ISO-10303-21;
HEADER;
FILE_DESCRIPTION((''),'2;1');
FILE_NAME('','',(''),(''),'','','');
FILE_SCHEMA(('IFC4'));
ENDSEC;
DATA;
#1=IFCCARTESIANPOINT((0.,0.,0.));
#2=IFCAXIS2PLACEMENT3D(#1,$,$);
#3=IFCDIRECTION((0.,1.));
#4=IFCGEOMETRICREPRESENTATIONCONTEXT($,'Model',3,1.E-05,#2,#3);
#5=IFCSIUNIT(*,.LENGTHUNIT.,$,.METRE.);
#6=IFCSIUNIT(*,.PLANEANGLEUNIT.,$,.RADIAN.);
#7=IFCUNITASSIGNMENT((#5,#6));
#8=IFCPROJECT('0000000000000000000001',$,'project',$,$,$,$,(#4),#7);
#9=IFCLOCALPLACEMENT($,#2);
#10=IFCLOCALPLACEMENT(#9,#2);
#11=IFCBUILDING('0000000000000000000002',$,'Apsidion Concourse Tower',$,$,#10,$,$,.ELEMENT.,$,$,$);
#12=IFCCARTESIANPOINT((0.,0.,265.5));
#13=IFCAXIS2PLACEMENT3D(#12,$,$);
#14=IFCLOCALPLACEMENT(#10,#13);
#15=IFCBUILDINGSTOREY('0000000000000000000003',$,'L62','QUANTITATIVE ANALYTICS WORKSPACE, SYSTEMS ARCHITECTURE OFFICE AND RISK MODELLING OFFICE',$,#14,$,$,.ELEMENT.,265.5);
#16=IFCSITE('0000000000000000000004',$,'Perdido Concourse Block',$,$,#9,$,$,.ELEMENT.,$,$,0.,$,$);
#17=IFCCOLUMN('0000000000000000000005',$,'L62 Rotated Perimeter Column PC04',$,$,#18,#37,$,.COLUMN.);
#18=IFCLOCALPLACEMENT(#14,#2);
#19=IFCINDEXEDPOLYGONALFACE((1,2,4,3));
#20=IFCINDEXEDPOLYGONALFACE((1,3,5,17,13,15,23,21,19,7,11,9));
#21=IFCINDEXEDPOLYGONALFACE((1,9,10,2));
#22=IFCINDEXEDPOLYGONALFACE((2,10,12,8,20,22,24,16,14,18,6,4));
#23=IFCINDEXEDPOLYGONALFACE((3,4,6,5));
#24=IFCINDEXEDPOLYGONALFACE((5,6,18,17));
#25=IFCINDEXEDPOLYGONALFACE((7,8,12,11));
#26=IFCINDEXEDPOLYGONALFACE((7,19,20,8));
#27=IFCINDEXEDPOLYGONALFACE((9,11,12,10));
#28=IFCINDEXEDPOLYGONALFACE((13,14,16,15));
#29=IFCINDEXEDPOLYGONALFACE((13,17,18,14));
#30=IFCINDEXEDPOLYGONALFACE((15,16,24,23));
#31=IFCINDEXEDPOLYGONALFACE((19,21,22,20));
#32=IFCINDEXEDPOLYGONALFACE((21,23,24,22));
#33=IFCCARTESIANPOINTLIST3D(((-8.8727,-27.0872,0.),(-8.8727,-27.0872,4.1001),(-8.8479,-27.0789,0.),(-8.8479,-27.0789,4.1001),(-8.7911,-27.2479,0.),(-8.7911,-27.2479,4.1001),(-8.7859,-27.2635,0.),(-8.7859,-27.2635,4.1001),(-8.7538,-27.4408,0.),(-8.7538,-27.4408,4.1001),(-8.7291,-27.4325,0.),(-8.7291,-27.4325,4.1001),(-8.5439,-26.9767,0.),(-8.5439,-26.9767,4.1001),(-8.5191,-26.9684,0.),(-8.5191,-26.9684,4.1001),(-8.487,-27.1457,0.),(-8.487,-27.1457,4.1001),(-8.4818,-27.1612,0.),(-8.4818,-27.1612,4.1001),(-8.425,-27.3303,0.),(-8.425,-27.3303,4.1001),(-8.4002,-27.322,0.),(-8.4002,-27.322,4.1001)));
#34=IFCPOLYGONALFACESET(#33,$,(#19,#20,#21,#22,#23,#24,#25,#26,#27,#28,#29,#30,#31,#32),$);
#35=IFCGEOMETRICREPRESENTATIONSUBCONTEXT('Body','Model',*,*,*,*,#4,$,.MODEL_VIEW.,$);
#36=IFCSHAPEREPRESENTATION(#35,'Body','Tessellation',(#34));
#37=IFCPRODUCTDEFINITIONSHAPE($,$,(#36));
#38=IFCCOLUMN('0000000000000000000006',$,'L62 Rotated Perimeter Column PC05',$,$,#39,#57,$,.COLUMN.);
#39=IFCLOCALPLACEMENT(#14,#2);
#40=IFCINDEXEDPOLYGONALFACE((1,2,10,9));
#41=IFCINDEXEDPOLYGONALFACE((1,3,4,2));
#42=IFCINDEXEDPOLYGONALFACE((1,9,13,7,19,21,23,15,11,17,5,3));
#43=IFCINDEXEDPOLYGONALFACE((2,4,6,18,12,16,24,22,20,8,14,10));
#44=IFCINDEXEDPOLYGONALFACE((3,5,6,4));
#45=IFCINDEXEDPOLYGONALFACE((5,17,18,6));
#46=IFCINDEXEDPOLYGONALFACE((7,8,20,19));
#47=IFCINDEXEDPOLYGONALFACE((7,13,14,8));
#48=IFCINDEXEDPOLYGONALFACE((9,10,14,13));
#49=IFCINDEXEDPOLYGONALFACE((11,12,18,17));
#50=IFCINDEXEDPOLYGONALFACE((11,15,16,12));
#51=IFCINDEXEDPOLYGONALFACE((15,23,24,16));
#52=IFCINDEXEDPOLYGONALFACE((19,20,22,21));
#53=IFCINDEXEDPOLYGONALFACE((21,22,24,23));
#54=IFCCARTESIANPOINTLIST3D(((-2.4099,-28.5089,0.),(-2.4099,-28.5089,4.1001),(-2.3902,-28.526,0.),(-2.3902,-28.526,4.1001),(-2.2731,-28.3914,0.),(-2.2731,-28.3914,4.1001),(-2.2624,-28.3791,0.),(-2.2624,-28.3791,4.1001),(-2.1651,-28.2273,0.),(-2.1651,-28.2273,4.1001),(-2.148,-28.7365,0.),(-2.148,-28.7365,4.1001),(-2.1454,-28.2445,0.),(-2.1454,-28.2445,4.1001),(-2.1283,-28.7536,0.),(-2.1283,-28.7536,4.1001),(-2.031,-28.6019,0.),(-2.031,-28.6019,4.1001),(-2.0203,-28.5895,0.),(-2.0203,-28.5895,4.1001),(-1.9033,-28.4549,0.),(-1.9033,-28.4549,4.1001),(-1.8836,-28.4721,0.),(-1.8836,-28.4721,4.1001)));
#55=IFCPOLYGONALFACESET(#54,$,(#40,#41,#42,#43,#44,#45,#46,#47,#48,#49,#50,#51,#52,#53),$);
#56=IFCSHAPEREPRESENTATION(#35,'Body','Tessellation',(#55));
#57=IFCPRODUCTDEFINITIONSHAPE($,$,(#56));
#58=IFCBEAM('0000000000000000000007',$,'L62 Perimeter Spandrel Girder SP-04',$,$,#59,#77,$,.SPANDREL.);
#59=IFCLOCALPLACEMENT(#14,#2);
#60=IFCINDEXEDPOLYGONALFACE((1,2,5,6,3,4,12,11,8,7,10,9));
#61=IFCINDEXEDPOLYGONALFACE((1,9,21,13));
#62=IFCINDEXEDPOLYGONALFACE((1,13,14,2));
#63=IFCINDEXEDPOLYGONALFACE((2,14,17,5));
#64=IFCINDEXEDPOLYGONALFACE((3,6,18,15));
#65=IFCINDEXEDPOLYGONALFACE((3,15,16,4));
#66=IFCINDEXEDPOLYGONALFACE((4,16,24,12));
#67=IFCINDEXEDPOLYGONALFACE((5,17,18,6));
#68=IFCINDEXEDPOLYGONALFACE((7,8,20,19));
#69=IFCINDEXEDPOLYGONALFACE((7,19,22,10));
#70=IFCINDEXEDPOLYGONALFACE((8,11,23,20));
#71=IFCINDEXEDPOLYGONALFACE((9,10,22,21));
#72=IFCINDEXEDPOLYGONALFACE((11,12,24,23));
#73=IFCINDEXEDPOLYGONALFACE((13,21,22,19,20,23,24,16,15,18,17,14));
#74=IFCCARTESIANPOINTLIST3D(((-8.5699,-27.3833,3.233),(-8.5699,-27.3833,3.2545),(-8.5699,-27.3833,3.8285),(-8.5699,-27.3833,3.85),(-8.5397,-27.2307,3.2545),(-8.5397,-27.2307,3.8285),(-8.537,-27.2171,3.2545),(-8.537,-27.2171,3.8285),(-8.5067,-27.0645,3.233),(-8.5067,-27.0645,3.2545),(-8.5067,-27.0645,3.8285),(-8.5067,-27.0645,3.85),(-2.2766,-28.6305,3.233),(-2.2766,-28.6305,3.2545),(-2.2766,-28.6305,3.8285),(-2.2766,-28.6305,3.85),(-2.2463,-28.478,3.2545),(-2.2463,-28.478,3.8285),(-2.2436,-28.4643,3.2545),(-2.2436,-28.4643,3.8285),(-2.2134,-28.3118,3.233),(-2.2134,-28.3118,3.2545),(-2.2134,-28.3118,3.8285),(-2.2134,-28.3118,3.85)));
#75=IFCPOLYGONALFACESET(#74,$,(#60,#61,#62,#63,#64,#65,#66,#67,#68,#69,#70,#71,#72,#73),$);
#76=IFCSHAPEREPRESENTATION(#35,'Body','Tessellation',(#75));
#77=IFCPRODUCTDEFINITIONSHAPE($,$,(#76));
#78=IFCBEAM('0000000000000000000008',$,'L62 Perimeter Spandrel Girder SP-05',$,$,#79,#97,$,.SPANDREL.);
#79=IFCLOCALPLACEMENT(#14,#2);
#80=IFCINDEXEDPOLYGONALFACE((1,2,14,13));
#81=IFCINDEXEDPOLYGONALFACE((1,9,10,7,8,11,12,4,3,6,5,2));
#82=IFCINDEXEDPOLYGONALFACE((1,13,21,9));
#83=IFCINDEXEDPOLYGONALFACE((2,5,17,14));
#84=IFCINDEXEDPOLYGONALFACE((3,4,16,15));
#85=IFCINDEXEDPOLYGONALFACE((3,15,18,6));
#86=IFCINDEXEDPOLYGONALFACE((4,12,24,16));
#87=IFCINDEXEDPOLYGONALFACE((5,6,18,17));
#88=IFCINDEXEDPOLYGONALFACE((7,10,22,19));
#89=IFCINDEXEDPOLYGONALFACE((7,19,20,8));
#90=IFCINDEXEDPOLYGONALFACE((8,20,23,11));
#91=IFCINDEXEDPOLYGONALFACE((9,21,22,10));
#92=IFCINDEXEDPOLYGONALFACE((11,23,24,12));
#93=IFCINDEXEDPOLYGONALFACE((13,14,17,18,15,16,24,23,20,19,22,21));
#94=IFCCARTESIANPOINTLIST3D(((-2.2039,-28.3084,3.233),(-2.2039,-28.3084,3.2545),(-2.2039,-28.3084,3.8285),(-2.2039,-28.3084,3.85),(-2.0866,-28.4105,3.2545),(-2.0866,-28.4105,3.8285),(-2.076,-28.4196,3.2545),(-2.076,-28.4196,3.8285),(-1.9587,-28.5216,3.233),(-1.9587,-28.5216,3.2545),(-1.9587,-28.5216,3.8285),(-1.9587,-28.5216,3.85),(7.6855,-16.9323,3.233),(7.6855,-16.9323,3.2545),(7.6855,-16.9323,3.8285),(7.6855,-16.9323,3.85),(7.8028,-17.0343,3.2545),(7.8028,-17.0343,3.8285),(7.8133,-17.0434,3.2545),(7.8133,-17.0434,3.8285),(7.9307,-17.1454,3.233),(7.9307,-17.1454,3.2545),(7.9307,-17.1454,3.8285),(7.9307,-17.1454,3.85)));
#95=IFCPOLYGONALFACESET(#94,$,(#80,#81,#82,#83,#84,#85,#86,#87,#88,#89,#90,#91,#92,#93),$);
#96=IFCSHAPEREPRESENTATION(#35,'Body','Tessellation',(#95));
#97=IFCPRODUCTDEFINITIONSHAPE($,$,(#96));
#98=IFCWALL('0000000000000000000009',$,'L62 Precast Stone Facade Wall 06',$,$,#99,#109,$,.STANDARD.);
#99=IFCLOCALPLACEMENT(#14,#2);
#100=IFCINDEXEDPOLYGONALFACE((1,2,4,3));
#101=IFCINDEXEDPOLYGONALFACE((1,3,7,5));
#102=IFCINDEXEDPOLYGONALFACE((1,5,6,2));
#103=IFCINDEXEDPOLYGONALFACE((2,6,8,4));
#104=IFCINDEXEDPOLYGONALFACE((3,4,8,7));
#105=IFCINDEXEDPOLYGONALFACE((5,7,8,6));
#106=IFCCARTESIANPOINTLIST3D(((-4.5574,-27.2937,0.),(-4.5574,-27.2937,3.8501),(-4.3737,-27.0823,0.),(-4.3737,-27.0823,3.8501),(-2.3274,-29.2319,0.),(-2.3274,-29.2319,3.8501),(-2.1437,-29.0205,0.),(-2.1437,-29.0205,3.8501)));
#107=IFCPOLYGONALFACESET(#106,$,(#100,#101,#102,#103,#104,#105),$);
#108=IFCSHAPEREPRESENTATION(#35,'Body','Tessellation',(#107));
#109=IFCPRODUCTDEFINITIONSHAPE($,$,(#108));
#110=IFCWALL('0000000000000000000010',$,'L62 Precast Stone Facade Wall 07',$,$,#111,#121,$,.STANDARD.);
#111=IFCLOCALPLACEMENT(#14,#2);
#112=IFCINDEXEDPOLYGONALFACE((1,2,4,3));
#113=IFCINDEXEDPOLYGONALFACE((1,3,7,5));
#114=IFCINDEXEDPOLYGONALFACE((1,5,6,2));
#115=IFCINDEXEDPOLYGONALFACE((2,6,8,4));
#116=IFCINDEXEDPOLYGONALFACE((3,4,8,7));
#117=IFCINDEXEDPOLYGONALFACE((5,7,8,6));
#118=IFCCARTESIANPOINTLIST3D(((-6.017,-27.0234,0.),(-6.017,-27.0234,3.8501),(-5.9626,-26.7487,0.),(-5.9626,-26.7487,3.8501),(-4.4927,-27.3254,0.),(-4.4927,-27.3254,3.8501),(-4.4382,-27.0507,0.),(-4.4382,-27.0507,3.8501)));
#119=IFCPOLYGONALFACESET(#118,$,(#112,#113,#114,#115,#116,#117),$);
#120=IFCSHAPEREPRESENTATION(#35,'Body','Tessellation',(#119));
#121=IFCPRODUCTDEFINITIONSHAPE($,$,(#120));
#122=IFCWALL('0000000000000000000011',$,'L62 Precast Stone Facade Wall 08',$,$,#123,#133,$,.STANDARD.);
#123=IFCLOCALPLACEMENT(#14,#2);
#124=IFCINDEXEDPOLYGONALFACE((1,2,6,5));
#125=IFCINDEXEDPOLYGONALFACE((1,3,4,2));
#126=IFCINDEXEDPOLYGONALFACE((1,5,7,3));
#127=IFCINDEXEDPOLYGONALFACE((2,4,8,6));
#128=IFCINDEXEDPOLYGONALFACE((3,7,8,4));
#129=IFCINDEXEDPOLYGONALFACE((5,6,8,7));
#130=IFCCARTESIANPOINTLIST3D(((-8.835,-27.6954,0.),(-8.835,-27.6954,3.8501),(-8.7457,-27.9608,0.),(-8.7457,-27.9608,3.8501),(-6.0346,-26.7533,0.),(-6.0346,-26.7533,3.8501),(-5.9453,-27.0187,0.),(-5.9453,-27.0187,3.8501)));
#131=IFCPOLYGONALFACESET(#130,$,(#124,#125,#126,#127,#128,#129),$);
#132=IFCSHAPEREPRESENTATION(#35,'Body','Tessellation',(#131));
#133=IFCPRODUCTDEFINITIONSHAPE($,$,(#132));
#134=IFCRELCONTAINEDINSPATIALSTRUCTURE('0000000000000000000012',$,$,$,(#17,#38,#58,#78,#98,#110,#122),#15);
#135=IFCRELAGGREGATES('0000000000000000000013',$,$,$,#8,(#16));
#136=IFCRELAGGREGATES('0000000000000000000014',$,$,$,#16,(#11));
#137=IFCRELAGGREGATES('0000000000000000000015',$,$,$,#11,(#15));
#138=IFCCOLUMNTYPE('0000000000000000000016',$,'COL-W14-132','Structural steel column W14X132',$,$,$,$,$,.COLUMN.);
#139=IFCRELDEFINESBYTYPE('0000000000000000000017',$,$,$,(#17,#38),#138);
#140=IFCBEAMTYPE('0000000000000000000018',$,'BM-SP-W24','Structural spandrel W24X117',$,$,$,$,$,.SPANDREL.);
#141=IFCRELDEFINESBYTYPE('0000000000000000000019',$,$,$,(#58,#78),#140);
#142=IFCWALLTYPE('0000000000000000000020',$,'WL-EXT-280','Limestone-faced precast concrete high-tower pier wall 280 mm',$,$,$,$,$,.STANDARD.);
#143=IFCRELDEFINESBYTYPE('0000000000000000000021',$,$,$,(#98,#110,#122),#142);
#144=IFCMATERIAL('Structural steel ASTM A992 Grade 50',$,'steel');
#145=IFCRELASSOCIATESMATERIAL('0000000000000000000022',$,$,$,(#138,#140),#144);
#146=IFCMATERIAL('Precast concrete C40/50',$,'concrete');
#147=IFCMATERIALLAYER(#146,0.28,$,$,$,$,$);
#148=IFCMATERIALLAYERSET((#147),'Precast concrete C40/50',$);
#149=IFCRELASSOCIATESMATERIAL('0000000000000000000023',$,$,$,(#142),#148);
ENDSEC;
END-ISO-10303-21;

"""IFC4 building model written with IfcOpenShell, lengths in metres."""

from ifc_helpers import new_model, si_unit, direction, frame, frame_2d, origin, origin_2d, place, context, subcontext, project, spatial, rectangle, i_section, extrude, material, layer, layer_set, material_profile, profile_set, type_object, element, save


model = new_model("IFC4")

# Units and contexts
model_context = context("Model", 3, precision=1e-05, world=origin(), true_north=direction((0.0, 1.0)))
body_context = subcontext(model_context, "Body", "Model", "MODEL_VIEW")
ifc_project = project(units=[si_unit("LENGTHUNIT", "METRE"), si_unit("PLANEANGLEUNIT", "RADIAN")], contexts=[model_context])

# Site, building, storey
site_placement = place(None, origin())
site = spatial("IfcSite", under=ifc_project, at=site_placement, Name="Perdido Concourse Block", CompositionType="ELEMENT", RefElevation=0.0)
building_placement = place(site_placement, origin())
building = spatial("IfcBuilding", under=site, at=building_placement, Name="Apsidion Concourse Tower", CompositionType="ELEMENT")
storey_placement = place(building_placement, frame((0.0, 0.0, 265.5)))
storey = spatial("IfcBuildingStorey", under=building, at=storey_placement, Name="L62", Description="QUANTITATIVE ANALYTICS WORKSPACE, SYSTEMS ARCHITECTURE OFFICE AND RISK MODELLING OFFICE", CompositionType="ELEMENT", Elevation=265.5)

# Columns
ifc_material_1 = material(Name="Structural steel ASTM A992 Grade 50", Category="steel")
ifc_material_profile_1 = material_profile(ifc_material_1, i_section(OverallWidth=0.373, OverallDepth=0.373, WebThickness=0.0164, FlangeThickness=0.0261, at=origin_2d()), Name="W14X132")
ifc_profile_set_1 = profile_set([ifc_material_profile_1], Name="Structural steel ASTM A992 Grade 50")
column_type = type_object("IfcColumnType", Name="COL-W14-132", Description="Structural steel column W14X132", PredefinedType="COLUMN", material=ifc_profile_set_1)
for number, where, z_axis, x_axis, name in (
    (1, (-8.6365, -27.2046, 0.0), (0.0, 0.0, 1.0), (-0.318628, 0.94788, 0.0), "L62 Rotated Perimeter Column PC04"),
    (2, (-2.1467, -28.4905, 0.0), (0.0, 0.0, 1.0), (0.656059, 0.75471, 0.0), "L62 Rotated Perimeter Column PC05"),
):
    element("IfcColumn", number, at=place(storey_placement, frame(where, z_axis=z_axis, x_axis=x_axis)), inside=storey, type_object=column_type, Name=name, PredefinedType="COLUMN", context=body_context, shape_type="SweptSolid", body=[
        extrude(i_section(OverallWidth=0.373, OverallDepth=0.373, WebThickness=0.0164, FlangeThickness=0.0261, at=origin_2d()), origin(), (0.0, 0.0, 1.0), 4.1001),
    ])

# Beams
ifc_material_profile_2 = material_profile(ifc_material_1, i_section(OverallWidth=0.325, OverallDepth=0.6169, WebThickness=0.0139, FlangeThickness=0.0215, at=origin_2d()), Name="W24X117")
ifc_profile_set_2 = profile_set([ifc_material_profile_2], Name="Structural steel ASTM A992 Grade 50")
beam_type = type_object("IfcBeamType", Name="BM-SP-W24", Description="Structural spandrel W24X117", PredefinedType="SPANDREL", material=ifc_profile_set_2)
beam_1_placement = place(storey_placement, frame((-8.5383, -27.2239, 3.5415), z_axis=(0.98092, -0.194411, 0.0), x_axis=(0.194411, 0.98092, 0.0)))
element("IfcBeam", 3, at=beam_1_placement, inside=storey, type_object=beam_type, Name="L62 Perimeter Spandrel Girder SP-04", PredefinedType="SPANDREL", context=body_context, shape_type="SweptSolid", body=[
    extrude(i_section(OverallWidth=0.325, OverallDepth=0.6169, WebThickness=0.0139, FlangeThickness=0.0215, at=origin_2d()), origin(), (0.0, 0.0, 1.0), 6.4158),
])
beam_2_placement = place(storey_placement, frame((-2.0813, -28.415, 3.5415), z_axis=(0.656067, 0.754703, 0.0), x_axis=(-0.754703, 0.656067, 0.0)))
element("IfcBeam", 4, at=beam_2_placement, inside=storey, type_object=beam_type, Name="L62 Perimeter Spandrel Girder SP-05", PredefinedType="SPANDREL", context=body_context, shape_type="SweptSolid", body=[
    extrude(i_section(OverallWidth=0.325, OverallDepth=0.6169, WebThickness=0.0139, FlangeThickness=0.0215, at=origin_2d()), origin(), (0.0, 0.0, 1.0), 15.0737),
])

# Walls
ifc_material_2 = material(Name="Precast concrete C40/50", Category="concrete")
ifc_layer_1 = layer(ifc_material_2, 0.28)
ifc_layer_set_1 = layer_set([ifc_layer_1], Name="Precast concrete C40/50")
wall_type_1 = type_object("IfcWallType", Name="WL-EXT-280", Description="Limestone-faced precast concrete high-tower pier wall 280 mm", PredefinedType="STANDARD", material=ifc_layer_set_1)
wall_1_placement = place(storey_placement, frame((-2.2356, -29.1262, 0.0), z_axis=(0.0, 0.0, 1.0), x_axis=(-0.754753, 0.656009, 0.0)))
element("IfcWall", 5, at=wall_1_placement, inside=storey, type_object=wall_type_1, Name="L62 Precast Stone Facade Wall 06", PredefinedType="STANDARD", context=body_context, shape_type="SweptSolid", body=[
    extrude(rectangle(XDim=2.9546, YDim=0.28, at=frame_2d((1.4773, 0.0))), origin(), (0.0, 0.0, 1.0), 3.8501),
])
wall_2_placement = place(storey_placement, frame((-4.4656, -27.188, 0.0), z_axis=(0.0, 0.0, 1.0), x_axis=(-0.980936, 0.194333, 0.0)))
element("IfcWall", 6, at=wall_2_placement, inside=storey, type_object=wall_type_1, Name="L62 Precast Stone Facade Wall 07", PredefinedType="STANDARD", context=body_context, shape_type="SweptSolid", body=[
    extrude(rectangle(XDim=1.554, YDim=0.28, at=frame_2d((0.7769, 0.0))), origin(), (0.0, 0.0, 1.0), 3.8501),
])
wall_3_placement = place(storey_placement, frame((-5.99, -26.886, 0.0), z_axis=(0.0, 0.0, 1.0), x_axis=(-0.947795, -0.318879, 0.0)))
element("IfcWall", 7, at=wall_3_placement, inside=storey, type_object=wall_type_1, Name="L62 Precast Stone Facade Wall 08", PredefinedType="STANDARD", context=body_context, shape_type="SweptSolid", body=[
    extrude(rectangle(XDim=2.9546, YDim=0.28, at=frame_2d((1.4773, 0.0))), origin(), (0.0, 0.0, 1.0), 3.8501),
])

save(model, "model.ifc")
